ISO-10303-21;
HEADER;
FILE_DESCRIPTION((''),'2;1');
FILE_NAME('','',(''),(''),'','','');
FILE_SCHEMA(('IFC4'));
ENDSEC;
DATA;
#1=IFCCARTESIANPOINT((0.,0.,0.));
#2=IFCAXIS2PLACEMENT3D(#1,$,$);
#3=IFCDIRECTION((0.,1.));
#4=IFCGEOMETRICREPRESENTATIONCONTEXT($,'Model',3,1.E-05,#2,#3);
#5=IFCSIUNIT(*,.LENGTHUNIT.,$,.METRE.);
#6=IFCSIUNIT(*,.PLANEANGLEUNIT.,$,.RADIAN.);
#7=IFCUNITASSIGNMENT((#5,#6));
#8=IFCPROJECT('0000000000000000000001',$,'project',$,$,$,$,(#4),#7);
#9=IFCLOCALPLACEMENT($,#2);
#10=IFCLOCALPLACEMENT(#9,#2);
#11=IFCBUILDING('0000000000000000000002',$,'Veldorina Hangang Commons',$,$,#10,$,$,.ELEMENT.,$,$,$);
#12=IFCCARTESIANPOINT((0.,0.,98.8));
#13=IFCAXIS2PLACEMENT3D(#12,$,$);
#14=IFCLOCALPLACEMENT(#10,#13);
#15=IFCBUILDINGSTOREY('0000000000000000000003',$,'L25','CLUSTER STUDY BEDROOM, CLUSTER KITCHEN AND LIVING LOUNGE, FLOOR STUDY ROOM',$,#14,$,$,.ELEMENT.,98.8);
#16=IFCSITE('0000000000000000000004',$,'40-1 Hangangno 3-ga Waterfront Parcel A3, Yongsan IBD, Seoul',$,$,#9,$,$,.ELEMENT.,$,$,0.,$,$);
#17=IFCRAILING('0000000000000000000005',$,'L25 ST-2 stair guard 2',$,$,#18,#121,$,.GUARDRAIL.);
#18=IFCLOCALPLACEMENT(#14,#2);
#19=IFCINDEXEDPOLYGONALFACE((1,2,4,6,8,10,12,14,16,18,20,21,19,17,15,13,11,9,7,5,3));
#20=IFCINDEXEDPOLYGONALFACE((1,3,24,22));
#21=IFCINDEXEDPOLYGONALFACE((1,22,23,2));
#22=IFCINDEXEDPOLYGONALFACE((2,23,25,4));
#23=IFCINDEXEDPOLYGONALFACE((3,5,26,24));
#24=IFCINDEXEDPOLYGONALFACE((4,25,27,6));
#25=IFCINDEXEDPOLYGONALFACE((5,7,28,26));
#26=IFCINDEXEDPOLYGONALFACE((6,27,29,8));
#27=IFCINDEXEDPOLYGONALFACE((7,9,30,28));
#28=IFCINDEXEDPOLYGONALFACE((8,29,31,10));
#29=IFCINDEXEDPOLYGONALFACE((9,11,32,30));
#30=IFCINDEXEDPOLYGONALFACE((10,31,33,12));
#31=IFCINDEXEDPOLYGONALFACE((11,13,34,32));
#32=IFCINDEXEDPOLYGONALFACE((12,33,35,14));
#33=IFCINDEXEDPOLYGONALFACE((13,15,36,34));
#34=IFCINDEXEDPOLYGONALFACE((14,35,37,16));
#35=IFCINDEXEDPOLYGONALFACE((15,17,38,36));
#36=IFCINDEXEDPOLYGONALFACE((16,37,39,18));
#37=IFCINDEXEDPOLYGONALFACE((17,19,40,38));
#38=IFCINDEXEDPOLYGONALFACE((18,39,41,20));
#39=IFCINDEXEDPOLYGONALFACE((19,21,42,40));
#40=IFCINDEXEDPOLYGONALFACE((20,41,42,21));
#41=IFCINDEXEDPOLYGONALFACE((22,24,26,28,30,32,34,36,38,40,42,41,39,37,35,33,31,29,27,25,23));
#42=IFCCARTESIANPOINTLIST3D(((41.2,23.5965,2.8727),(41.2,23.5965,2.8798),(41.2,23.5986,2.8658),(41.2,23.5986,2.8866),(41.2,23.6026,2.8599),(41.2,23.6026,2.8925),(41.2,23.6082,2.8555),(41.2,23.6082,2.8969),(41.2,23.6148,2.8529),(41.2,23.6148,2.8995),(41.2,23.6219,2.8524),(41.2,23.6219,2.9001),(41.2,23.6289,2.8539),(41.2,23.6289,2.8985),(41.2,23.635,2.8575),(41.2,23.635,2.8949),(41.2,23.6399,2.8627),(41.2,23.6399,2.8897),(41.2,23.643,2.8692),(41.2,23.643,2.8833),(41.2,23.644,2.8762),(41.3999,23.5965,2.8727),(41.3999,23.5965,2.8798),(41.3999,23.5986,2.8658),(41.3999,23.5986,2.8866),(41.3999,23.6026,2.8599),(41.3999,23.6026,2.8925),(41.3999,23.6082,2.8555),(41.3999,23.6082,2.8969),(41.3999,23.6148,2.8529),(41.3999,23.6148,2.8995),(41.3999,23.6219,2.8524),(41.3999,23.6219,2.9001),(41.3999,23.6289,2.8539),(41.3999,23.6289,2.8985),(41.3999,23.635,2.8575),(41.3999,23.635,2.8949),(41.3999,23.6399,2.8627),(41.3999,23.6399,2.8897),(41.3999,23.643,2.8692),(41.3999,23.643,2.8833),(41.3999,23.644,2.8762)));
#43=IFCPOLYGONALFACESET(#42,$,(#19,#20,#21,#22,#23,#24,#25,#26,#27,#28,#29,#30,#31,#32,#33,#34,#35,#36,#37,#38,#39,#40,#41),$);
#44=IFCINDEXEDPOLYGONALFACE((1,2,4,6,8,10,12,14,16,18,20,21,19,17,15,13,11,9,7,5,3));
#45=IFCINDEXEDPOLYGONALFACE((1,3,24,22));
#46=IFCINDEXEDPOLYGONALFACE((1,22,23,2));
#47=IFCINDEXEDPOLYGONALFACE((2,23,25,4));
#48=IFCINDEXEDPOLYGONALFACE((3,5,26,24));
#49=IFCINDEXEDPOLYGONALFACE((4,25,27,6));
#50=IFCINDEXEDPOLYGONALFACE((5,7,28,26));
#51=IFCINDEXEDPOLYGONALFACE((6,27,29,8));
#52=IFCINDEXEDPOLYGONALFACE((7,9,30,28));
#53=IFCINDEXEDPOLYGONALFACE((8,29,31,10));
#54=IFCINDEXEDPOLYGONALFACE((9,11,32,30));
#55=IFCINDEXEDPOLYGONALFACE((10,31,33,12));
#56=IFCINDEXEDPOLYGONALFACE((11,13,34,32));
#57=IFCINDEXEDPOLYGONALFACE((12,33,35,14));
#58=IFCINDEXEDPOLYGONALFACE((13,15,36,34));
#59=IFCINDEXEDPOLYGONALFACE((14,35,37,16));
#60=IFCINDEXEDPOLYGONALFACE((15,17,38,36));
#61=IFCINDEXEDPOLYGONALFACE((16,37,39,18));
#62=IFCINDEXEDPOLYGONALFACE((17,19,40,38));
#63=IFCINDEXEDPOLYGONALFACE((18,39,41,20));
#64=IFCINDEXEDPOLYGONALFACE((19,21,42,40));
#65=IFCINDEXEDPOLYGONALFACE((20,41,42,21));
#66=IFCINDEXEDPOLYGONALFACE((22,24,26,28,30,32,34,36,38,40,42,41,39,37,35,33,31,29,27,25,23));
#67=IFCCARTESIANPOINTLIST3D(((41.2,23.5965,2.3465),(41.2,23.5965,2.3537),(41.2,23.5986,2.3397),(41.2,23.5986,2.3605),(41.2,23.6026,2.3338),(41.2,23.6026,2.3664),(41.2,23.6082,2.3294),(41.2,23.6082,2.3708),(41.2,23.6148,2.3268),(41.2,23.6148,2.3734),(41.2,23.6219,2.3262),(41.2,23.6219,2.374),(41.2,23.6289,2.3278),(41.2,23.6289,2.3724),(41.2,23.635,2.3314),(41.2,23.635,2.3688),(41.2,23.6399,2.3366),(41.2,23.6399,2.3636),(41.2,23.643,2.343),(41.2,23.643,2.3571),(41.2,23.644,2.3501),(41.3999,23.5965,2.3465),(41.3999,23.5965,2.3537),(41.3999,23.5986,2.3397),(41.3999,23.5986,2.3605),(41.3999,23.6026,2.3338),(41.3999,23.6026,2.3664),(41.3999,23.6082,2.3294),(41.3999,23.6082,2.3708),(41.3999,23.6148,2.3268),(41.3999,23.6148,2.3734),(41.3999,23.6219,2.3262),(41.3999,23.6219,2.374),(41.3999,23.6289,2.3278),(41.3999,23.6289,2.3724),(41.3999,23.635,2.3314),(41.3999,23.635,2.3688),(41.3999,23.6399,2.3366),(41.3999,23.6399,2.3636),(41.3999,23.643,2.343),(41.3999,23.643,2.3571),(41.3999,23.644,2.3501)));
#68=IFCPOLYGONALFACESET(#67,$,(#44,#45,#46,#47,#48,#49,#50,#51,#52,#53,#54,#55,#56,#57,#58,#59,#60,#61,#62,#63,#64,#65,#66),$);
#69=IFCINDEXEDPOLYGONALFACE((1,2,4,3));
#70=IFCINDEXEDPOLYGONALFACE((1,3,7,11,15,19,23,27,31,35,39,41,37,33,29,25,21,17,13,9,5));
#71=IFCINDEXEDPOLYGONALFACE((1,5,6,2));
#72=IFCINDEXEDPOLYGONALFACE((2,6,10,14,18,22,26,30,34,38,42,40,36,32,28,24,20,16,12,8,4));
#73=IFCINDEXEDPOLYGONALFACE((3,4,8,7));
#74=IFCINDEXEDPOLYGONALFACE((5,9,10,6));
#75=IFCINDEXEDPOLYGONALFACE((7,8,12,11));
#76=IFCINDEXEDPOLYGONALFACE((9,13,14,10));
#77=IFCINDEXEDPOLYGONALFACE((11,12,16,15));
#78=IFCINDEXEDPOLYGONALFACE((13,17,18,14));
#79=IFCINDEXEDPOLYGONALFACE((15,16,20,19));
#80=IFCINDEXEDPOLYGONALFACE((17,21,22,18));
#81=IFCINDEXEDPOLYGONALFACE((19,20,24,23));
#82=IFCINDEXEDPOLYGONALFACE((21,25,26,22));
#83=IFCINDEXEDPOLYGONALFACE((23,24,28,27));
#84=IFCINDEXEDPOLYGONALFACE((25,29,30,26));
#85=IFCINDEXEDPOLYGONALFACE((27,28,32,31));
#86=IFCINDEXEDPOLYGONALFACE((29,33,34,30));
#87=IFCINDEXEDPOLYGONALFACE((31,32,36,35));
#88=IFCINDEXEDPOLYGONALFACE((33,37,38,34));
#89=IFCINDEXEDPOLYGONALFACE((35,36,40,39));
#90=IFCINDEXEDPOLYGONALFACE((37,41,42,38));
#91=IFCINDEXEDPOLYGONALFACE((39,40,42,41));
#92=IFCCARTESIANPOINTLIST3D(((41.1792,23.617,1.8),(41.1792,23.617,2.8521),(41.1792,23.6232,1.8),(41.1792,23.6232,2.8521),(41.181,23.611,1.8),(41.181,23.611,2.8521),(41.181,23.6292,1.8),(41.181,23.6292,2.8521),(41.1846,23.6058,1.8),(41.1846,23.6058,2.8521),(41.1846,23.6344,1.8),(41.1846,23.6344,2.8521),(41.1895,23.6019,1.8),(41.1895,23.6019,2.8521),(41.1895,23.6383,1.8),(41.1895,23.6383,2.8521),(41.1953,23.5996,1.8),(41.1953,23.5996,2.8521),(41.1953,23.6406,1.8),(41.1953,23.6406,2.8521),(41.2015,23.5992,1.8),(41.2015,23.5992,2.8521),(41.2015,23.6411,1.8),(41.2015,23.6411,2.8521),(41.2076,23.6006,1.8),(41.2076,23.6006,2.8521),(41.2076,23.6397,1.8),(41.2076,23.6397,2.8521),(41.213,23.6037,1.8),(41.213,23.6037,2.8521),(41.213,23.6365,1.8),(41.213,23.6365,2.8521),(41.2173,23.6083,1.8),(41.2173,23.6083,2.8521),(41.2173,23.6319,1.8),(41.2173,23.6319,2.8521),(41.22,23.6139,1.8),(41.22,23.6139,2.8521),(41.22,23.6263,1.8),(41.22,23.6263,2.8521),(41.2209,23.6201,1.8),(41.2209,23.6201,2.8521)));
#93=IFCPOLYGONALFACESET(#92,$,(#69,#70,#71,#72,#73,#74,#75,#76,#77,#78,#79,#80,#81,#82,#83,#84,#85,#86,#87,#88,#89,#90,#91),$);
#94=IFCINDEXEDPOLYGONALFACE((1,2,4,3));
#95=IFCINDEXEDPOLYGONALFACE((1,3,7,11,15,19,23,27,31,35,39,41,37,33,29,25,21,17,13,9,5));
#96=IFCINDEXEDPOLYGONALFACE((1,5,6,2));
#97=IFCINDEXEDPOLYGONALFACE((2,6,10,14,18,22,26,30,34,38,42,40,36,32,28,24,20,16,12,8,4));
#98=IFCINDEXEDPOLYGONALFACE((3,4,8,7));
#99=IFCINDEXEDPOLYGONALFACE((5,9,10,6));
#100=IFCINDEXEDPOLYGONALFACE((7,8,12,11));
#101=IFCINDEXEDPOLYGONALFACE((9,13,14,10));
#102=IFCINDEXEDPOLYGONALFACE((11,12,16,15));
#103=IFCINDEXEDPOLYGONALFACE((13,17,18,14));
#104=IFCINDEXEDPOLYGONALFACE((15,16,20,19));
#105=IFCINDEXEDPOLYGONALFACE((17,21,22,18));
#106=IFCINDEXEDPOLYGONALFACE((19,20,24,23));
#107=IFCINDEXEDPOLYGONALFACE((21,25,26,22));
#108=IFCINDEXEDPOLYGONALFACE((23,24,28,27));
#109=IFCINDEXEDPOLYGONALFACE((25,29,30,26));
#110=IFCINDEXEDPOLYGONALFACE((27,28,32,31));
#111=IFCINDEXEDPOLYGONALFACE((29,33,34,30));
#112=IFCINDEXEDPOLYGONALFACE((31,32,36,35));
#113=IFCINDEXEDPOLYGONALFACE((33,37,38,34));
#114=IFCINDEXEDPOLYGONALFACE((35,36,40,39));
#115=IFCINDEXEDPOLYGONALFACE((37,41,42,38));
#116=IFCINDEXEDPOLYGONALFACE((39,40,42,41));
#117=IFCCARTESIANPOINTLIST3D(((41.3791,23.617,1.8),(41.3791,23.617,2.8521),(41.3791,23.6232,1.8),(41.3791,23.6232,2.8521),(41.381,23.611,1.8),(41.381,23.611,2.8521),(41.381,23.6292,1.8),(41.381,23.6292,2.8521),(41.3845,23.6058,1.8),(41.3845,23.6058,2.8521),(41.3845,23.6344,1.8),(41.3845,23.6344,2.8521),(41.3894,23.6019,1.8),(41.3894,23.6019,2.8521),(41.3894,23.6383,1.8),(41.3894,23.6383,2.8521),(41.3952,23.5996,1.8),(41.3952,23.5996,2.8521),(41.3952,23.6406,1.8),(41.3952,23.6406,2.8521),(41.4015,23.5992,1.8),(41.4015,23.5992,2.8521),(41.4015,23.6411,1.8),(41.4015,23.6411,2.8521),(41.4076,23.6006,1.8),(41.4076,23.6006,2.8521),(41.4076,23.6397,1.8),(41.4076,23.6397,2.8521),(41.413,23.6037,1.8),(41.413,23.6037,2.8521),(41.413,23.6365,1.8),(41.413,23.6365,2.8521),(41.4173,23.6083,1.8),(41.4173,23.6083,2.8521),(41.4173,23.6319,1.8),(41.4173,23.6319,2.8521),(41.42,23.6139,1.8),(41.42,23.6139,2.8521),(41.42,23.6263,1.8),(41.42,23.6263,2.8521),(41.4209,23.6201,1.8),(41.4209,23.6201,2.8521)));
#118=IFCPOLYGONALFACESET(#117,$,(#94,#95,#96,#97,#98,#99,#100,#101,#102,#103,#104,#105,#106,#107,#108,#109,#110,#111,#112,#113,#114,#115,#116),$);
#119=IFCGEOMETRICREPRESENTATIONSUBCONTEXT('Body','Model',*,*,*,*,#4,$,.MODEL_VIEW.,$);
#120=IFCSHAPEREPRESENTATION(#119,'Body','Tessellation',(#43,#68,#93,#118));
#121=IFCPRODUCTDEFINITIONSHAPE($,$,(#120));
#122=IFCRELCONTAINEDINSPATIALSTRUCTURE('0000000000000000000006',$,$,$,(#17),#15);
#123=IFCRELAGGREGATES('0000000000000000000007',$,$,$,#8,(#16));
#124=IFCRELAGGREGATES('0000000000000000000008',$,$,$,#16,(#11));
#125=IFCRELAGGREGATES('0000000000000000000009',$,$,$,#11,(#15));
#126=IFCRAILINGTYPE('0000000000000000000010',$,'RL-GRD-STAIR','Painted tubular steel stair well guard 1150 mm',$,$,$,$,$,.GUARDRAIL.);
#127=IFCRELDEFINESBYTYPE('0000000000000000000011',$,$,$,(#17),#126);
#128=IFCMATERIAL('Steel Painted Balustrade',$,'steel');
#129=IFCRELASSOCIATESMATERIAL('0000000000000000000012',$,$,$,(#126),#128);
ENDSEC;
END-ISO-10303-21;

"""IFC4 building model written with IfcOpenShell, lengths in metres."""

from ifc_helpers import new_model, si_unit, direction, frame, origin, origin_2d, place, context, subcontext, project, spatial, circle, extrude, material, type_object, element, save


model = new_model("IFC4")

# Units and contexts
model_context = context("Model", 3, precision=1e-05, world=origin(), true_north=direction((0.0, 1.0)))
body_context = subcontext(model_context, "Body", "Model", "MODEL_VIEW")
ifc_project = project(units=[si_unit("LENGTHUNIT", "METRE"), si_unit("PLANEANGLEUNIT", "RADIAN")], contexts=[model_context])

# Site, building, storey
site_placement = place(None, origin())
site = spatial("IfcSite", under=ifc_project, at=site_placement, Name="40-1 Hangangno 3-ga Waterfront Parcel A3, Yongsan IBD, Seoul", CompositionType="ELEMENT", RefElevation=0.0)
building_placement = place(site_placement, origin())
building = spatial("IfcBuilding", under=site, at=building_placement, Name="Veldorina Hangang Commons", CompositionType="ELEMENT")
storey_placement = place(building_placement, frame((0.0, 0.0, 98.8)))
storey = spatial("IfcBuildingStorey", under=building, at=storey_placement, Name="L25", Description="CLUSTER STUDY BEDROOM, CLUSTER KITCHEN AND LIVING LOUNGE, FLOOR STUDY ROOM", CompositionType="ELEMENT", Elevation=98.8)

# Railing
ifc_material_1 = material(Name="Steel Painted Balustrade", Category="steel")
railing_type = type_object("IfcRailingType", Name="RL-GRD-STAIR", Description="Painted tubular steel stair well guard 1150 mm", PredefinedType="GUARDRAIL", material=ifc_material_1)
railing_1_placement = place(storey_placement, frame((41.2, 23.6201, 1.8)))
element("IfcRailing", 1, at=railing_1_placement, inside=storey, type_object=railing_type, Name="L25 ST-2 stair guard 2", PredefinedType="GUARDRAIL", context=body_context, shape_type="SweptSolid", body=[
    extrude(circle(Radius=0.0239, at=origin_2d()), frame((0.0, 0.0, 1.0762), z_axis=(1.0, 0.0, 0.0), x_axis=(0.0, 1.0, 0.0)), (0.0, 0.0, 1.0), 0.2),
    extrude(circle(Radius=0.0239, at=origin_2d()), frame((0.0, 0.0, 0.55), z_axis=(1.0, 0.0, 0.0), x_axis=(0.0, 1.0, 0.0)), (0.0, 0.0, 1.0), 0.2),
    extrude(circle(Radius=0.021, at=origin_2d()), origin(), (0.0, 0.0, 1.0), 1.052),
    extrude(circle(Radius=0.021, at=origin_2d()), frame((0.2, 0.0, 0.0)), (0.0, 0.0, 1.0), 1.052),
])

save(model, "model.ifc")
